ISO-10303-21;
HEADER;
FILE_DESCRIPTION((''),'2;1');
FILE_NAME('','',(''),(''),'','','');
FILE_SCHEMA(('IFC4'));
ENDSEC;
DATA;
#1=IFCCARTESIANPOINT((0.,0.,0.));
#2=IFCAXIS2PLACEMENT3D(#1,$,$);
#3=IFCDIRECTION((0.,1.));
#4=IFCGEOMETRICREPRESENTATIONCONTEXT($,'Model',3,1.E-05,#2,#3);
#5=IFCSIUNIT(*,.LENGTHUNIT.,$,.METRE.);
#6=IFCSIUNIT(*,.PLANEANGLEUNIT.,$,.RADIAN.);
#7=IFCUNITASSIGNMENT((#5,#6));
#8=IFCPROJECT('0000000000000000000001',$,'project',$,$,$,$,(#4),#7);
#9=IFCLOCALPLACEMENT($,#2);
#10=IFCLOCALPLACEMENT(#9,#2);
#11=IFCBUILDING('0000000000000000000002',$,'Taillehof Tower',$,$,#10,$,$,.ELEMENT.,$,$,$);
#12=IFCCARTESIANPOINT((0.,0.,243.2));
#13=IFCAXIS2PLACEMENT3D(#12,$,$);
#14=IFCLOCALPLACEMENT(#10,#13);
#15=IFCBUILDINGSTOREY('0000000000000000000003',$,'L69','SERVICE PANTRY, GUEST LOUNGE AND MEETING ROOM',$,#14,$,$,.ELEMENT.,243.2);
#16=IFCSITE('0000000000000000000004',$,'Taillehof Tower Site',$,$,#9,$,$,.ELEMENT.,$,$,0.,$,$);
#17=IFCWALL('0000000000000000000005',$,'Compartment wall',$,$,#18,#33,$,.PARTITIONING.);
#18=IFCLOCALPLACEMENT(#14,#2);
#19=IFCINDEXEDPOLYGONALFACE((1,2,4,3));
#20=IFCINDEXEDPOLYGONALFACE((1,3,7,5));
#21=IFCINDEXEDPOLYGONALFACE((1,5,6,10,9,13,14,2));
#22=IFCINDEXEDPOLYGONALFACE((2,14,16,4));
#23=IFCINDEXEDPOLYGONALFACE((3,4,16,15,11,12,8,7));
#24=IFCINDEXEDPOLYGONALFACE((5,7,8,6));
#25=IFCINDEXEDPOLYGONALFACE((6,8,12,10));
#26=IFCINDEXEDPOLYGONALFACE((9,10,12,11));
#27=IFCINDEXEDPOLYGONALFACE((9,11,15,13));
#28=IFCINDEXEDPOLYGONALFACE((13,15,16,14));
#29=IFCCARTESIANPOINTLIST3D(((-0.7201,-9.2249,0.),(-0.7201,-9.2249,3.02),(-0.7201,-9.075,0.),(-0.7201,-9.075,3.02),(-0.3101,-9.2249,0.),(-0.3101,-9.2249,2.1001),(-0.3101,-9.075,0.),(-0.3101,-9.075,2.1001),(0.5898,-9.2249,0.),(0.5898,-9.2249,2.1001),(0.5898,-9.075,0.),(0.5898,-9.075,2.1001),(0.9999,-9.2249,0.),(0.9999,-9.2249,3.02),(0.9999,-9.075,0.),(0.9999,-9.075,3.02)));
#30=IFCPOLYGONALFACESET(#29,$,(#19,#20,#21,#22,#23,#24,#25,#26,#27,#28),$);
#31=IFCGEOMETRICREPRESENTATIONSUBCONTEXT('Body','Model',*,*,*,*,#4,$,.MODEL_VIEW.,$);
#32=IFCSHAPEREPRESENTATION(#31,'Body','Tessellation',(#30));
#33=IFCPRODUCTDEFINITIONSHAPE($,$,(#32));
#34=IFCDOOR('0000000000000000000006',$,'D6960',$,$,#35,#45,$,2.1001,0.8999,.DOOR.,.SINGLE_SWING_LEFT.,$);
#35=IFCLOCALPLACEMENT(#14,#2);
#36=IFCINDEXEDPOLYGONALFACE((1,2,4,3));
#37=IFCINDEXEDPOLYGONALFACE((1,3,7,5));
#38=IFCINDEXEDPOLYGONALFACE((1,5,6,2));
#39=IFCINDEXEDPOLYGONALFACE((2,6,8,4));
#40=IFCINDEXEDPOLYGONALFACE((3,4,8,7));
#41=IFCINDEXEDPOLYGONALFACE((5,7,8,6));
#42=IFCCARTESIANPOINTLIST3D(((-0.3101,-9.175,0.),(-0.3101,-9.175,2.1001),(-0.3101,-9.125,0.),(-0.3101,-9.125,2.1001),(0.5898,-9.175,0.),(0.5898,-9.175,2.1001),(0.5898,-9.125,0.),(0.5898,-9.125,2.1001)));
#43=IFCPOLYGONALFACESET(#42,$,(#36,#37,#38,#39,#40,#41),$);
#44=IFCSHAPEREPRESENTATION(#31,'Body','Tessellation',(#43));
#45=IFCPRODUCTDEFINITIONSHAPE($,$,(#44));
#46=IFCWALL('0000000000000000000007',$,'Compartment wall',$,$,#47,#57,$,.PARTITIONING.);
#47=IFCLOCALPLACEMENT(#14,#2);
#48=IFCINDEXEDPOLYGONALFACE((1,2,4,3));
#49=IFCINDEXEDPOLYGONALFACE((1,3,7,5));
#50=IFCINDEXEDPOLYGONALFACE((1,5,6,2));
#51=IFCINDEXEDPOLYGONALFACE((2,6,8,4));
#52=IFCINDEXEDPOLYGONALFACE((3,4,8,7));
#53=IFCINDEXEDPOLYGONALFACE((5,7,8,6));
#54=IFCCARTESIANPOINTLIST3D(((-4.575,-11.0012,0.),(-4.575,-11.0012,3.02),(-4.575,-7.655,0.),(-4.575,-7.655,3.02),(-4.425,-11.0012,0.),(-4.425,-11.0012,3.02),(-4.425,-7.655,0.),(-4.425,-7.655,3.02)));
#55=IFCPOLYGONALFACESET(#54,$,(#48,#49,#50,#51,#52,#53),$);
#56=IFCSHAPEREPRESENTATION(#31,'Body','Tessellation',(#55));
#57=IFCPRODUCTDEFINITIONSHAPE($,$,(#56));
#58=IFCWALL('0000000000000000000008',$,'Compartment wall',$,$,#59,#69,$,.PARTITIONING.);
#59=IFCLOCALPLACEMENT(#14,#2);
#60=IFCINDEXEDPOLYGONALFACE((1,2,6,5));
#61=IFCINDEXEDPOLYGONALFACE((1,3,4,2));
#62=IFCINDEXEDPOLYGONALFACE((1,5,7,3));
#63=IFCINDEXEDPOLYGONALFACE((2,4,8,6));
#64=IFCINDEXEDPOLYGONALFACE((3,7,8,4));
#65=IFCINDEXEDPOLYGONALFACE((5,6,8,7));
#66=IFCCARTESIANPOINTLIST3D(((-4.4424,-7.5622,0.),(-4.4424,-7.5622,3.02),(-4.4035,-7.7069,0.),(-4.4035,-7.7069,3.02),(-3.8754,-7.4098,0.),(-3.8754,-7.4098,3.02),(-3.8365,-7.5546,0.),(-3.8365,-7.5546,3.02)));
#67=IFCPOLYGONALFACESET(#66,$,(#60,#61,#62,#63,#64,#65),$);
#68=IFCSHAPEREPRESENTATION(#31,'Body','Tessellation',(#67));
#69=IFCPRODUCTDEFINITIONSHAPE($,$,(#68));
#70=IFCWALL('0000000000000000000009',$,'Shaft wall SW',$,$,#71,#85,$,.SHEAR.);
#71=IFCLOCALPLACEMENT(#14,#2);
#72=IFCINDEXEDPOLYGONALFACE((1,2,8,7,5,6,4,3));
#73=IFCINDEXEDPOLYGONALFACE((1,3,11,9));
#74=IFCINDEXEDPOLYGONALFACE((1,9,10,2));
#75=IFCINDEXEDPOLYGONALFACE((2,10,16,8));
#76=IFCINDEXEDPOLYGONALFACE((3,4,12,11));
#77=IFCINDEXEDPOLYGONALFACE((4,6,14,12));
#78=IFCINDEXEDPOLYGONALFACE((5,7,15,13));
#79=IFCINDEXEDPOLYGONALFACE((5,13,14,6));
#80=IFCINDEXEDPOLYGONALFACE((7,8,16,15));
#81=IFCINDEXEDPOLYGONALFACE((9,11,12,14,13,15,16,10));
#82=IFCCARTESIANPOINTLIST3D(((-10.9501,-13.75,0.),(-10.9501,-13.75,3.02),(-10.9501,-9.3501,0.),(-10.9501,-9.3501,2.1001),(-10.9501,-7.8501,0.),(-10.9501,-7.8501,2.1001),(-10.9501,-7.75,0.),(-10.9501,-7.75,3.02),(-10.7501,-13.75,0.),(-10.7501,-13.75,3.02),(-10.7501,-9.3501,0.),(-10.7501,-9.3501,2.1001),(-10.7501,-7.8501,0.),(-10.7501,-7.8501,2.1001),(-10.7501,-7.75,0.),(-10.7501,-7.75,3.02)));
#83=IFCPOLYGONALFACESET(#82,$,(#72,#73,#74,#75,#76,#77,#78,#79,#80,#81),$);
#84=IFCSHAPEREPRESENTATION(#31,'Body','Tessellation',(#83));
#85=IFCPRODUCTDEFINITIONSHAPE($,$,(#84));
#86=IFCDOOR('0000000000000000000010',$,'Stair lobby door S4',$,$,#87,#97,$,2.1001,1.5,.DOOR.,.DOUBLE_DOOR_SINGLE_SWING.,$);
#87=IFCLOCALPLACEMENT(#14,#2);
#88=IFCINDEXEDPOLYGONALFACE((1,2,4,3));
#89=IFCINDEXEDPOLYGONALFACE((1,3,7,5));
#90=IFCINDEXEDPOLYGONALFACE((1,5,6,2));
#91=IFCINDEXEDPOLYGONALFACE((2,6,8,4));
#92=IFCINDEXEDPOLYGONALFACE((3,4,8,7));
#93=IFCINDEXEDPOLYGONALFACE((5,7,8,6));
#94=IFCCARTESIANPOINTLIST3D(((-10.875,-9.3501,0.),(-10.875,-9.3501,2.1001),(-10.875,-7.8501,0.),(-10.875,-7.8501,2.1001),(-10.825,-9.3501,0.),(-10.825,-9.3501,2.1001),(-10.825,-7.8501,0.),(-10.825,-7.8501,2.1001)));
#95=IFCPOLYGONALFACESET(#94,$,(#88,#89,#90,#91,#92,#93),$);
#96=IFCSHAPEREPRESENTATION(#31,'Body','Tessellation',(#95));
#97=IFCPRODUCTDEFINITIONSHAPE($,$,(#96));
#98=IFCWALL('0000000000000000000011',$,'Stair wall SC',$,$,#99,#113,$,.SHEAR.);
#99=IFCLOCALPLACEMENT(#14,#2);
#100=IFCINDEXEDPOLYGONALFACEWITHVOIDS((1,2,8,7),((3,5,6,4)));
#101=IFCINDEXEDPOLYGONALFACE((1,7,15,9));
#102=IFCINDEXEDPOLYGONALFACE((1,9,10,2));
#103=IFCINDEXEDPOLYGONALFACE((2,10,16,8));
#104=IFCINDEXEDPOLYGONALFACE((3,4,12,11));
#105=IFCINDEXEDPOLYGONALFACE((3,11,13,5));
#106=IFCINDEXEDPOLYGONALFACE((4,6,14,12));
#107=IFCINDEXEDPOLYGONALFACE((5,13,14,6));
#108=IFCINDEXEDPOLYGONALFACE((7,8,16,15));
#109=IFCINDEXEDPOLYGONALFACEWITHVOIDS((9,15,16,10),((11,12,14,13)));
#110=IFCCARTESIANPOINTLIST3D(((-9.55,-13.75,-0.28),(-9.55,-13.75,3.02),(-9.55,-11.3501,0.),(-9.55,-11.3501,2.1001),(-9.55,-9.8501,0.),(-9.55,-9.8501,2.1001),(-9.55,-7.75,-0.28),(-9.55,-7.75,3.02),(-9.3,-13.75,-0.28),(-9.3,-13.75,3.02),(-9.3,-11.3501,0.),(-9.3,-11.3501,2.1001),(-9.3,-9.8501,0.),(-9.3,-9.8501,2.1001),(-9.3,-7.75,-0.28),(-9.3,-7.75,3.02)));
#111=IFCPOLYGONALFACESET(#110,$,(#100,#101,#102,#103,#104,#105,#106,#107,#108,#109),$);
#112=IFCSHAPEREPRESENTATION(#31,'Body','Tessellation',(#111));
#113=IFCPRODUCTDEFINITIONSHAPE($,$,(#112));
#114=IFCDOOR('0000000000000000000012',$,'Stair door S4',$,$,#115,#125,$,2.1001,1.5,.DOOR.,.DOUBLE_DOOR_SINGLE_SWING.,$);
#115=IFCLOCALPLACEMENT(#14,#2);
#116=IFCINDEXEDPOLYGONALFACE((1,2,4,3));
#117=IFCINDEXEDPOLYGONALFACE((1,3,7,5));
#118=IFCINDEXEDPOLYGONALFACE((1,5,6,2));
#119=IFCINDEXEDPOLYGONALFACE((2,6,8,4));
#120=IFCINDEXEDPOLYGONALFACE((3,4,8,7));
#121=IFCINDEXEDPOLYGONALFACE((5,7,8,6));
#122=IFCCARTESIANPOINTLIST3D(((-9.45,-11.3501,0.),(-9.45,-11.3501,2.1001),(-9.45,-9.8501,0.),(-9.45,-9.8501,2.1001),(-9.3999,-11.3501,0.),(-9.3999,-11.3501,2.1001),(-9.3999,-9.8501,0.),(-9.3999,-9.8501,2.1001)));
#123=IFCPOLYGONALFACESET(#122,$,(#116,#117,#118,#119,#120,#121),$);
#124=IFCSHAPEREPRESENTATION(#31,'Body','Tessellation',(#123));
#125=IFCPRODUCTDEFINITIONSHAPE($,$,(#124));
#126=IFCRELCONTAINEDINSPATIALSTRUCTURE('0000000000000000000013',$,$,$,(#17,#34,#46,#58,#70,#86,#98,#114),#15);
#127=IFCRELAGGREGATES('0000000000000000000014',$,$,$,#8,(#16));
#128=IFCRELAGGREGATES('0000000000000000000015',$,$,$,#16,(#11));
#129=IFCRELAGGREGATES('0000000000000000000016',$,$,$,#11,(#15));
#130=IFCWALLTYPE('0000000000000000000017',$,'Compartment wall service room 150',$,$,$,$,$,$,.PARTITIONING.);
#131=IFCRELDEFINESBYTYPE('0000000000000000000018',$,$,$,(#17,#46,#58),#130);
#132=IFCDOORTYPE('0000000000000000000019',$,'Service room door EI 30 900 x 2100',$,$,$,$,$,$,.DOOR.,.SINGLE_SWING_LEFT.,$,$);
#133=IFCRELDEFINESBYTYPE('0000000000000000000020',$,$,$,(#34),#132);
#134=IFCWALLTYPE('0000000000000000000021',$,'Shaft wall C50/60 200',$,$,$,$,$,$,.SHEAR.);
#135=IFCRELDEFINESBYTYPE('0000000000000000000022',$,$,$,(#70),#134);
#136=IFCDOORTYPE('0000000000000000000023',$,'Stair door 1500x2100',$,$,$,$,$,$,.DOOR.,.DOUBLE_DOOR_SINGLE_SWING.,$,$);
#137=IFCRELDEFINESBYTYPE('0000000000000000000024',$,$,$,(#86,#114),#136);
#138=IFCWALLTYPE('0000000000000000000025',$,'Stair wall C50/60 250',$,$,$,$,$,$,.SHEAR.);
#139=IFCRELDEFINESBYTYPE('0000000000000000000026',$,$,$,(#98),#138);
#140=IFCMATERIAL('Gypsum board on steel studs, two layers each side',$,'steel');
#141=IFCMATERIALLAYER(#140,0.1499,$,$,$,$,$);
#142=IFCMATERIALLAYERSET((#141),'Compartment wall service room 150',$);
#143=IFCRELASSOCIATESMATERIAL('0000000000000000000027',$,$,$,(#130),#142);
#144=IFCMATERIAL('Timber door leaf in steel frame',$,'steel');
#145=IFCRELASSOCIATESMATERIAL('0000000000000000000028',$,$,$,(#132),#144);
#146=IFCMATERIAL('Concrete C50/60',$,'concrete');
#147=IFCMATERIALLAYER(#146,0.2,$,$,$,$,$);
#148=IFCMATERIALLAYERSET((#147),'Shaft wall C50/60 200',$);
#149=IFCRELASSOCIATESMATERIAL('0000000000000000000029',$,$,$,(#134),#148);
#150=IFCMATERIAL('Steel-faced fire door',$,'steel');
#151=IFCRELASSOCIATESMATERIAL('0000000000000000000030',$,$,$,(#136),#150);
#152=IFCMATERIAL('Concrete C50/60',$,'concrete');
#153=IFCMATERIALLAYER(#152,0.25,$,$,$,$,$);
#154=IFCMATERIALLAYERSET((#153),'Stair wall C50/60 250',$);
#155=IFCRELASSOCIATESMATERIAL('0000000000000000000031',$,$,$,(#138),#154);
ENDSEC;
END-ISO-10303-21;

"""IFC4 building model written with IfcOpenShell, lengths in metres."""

from ifc_helpers import new_model, si_unit, direction, frame, frame_2d, origin, place, context, subcontext, project, spatial, rectangle, extrude, material, layer, layer_set, type_object, element, fill, save


model = new_model("IFC4")

# Units and contexts
model_context = context("Model", 3, precision=1e-05, world=origin(), true_north=direction((0.0, 1.0)))
body_context = subcontext(model_context, "Body", "Model", "MODEL_VIEW")
ifc_project = project(units=[si_unit("LENGTHUNIT", "METRE"), si_unit("PLANEANGLEUNIT", "RADIAN")], contexts=[model_context])

# Site, building, storey
site_placement = place(None, origin())
site = spatial("IfcSite", under=ifc_project, at=site_placement, Name="Taillehof Tower Site", CompositionType="ELEMENT", RefElevation=0.0)
building_placement = place(site_placement, origin())
building = spatial("IfcBuilding", under=site, at=building_placement, Name="Taillehof Tower", CompositionType="ELEMENT")
storey_placement = place(building_placement, frame((0.0, 0.0, 243.2)))
storey = spatial("IfcBuildingStorey", under=building, at=storey_placement, Name="L69", Description="SERVICE PANTRY, GUEST LOUNGE AND MEETING ROOM", CompositionType="ELEMENT", Elevation=243.2)

# Shared definitions
ifc_material_1 = material(Name="Gypsum board on steel studs, two layers each side", Category="steel")
ifc_layer_1 = layer(ifc_material_1, 0.1499)
ifc_layer_set_1 = layer_set([ifc_layer_1], Name="Compartment wall service room 150")
wall_type_1 = type_object("IfcWallType", Name="Compartment wall service room 150", PredefinedType="PARTITIONING", material=ifc_layer_set_1)

# Wall, opening, door
wall_1_placement = place(storey_placement, frame((-0.72, -9.1499, 0.0), z_axis=(0.0, 0.0, 1.0), x_axis=(1.0, 0.0, 0.0)))
wall_1 = element("IfcWall", 1, at=wall_1_placement, inside=storey, type_object=wall_type_1, Name="Compartment wall", PredefinedType="PARTITIONING", context=body_context, shape_type="SweptSolid", body=[
    extrude(rectangle(XDim=1.72, YDim=0.1499, at=frame_2d((0.8599, 0.0))), origin(), (0.0, 0.0, 1.0), 3.02),
])
opening_1_placement = place(wall_1_placement, frame((0.4099, 0.0, 0.0)))
opening_1 = element("IfcOpeningElement", 2, at=opening_1_placement, cuts=wall_1, PredefinedType="OPENING", context=body_context, shape_type="SweptSolid", body=[
    extrude(rectangle(XDim=0.8999, YDim=2.1001, at=frame_2d((0.45, 1.05))), frame((0.0, 0.085, 0.0), z_axis=(0.0, -1.0, 0.0), x_axis=(1.0, 0.0, 0.0)), (0.0, 0.0, 1.0), 0.1699),
])
ifc_material_2 = material(Name="Timber door leaf in steel frame", Category="steel")
door_type_1 = type_object("IfcDoorType", Name="Service room door EI 30 900 x 2100", OperationType="SINGLE_SWING_LEFT", PredefinedType="DOOR", material=ifc_material_2)
door_1_placement = place(opening_1_placement, origin())
door_1 = element("IfcDoor", 3, at=door_1_placement, inside=storey, type_object=door_type_1, Name="D6960", OperationType="SINGLE_SWING_LEFT", OverallHeight=2.1001, OverallWidth=0.8999, PredefinedType="DOOR", context=body_context, shape_type="SweptSolid", body=[
    extrude(rectangle(XDim=0.8999, YDim=2.1001, at=frame_2d((0.45, 1.05))), frame((0.0, 0.0249, 0.0), z_axis=(0.0, -1.0, 0.0), x_axis=(1.0, 0.0, 0.0)), (0.0, 0.0, 1.0), 0.05),
])
fill(opening_1, door_1)

# Walls
wall_2_placement = place(storey_placement, frame((-4.5, -11.0012, 0.0), z_axis=(0.0, 0.0, 1.0), x_axis=(0.0, 1.0, 0.0)))
element("IfcWall", 4, at=wall_2_placement, inside=storey, type_object=wall_type_1, Name="Compartment wall", PredefinedType="PARTITIONING", context=body_context, shape_type="SweptSolid", body=[
    extrude(rectangle(XDim=3.3462, YDim=0.1499, at=frame_2d((1.6731, 0.0))), origin(), (0.0, 0.0, 1.0), 3.02),
])
wall_3_placement = place(storey_placement, frame((-4.4229, -7.6345, 0.0), z_axis=(0.0, 0.0, 1.0), x_axis=(0.965764, 0.259422, 0.0)))
element("IfcWall", 5, at=wall_3_placement, inside=storey, type_object=wall_type_1, Name="Compartment wall", PredefinedType="PARTITIONING", context=body_context, shape_type="SweptSolid", body=[
    extrude(rectangle(XDim=0.5872, YDim=0.1499, at=frame_2d((0.2935, 0.0))), origin(), (0.0, 0.0, 1.0), 3.02),
])

# Walls, openings, doors
ifc_material_3 = material(Name="Concrete C50/60", Category="concrete")
ifc_layer_2 = layer(ifc_material_3, 0.2)
ifc_layer_set_2 = layer_set([ifc_layer_2], Name="Shaft wall C50/60 200")
wall_type_2 = type_object("IfcWallType", Name="Shaft wall C50/60 200", PredefinedType="SHEAR", material=ifc_layer_set_2)
wall_4_placement = place(storey_placement, frame((-10.8501, -13.75, 0.0), z_axis=(0.0, 0.0, 1.0), x_axis=(0.0, 1.0, 0.0)))
wall_4 = element("IfcWall", 6, at=wall_4_placement, inside=storey, type_object=wall_type_2, Name="Shaft wall SW", PredefinedType="SHEAR", context=body_context, shape_type="SweptSolid", body=[
    extrude(rectangle(XDim=6.0, YDim=0.2, at=frame_2d((3.0, 0.0))), origin(), (0.0, 0.0, 1.0), 3.02),
])
opening_2_placement = place(wall_4_placement, frame((4.3999, 0.0, 0.0)))
opening_2 = element("IfcOpeningElement", 7, at=opening_2_placement, cuts=wall_4, PredefinedType="OPENING", context=body_context, shape_type="SweptSolid", body=[
    extrude(rectangle(XDim=1.5, YDim=2.1001, at=frame_2d((0.75, 1.05))), frame((0.0, 0.1099, 0.0), z_axis=(0.0, -1.0, 0.0), x_axis=(1.0, 0.0, 0.0)), (0.0, 0.0, 1.0), 0.22),
])
ifc_material_4 = material(Name="Steel-faced fire door", Category="steel")
door_type_2 = type_object("IfcDoorType", Name="Stair door 1500x2100", OperationType="DOUBLE_DOOR_SINGLE_SWING", PredefinedType="DOOR", material=ifc_material_4)
door_2_placement = place(opening_2_placement, origin())
door_2 = element("IfcDoor", 8, at=door_2_placement, inside=storey, type_object=door_type_2, Name="Stair lobby door S4", OperationType="DOUBLE_DOOR_SINGLE_SWING", OverallHeight=2.1001, OverallWidth=1.5, PredefinedType="DOOR", context=body_context, shape_type="SweptSolid", body=[
    extrude(rectangle(XDim=1.5, YDim=2.1001, at=frame_2d((0.75, 1.05))), frame((0.0, 0.0249, 0.0), z_axis=(0.0, -1.0, 0.0), x_axis=(1.0, 0.0, 0.0)), (0.0, 0.0, 1.0), 0.05),
])
fill(opening_2, door_2)
ifc_material_5 = material(Name="Concrete C50/60", Category="concrete")
ifc_layer_3 = layer(ifc_material_5, 0.25)
ifc_layer_set_3 = layer_set([ifc_layer_3], Name="Stair wall C50/60 250")
wall_type_3 = type_object("IfcWallType", Name="Stair wall C50/60 250", PredefinedType="SHEAR", material=ifc_layer_set_3)
wall_5_placement = place(storey_placement, frame((-9.425, -13.75, -0.28), z_axis=(0.0, 0.0, 1.0), x_axis=(0.0, 1.0, 0.0)))
wall_5 = element("IfcWall", 9, at=wall_5_placement, inside=storey, type_object=wall_type_3, Name="Stair wall SC", PredefinedType="SHEAR", context=body_context, shape_type="SweptSolid", body=[
    extrude(rectangle(XDim=6.0, YDim=0.25, at=frame_2d((3.0, 0.0))), origin(), (0.0, 0.0, 1.0), 3.3),
])
opening_3_placement = place(wall_5_placement, frame((2.3999, 0.0, 0.28)))
opening_3 = element("IfcOpeningElement", 10, at=opening_3_placement, cuts=wall_5, PredefinedType="OPENING", context=body_context, shape_type="SweptSolid", body=[
    extrude(rectangle(XDim=1.5, YDim=2.1001, at=frame_2d((0.75, 1.05))), frame((0.0, 0.135, 0.0), z_axis=(0.0, -1.0, 0.0), x_axis=(1.0, 0.0, 0.0)), (0.0, 0.0, 1.0), 0.27),
])
door_3_placement = place(opening_3_placement, origin())
door_3 = element("IfcDoor", 11, at=door_3_placement, inside=storey, type_object=door_type_2, Name="Stair door S4", OperationType="DOUBLE_DOOR_SINGLE_SWING", OverallHeight=2.1001, OverallWidth=1.5, PredefinedType="DOOR", context=body_context, shape_type="SweptSolid", body=[
    extrude(rectangle(XDim=1.5, YDim=2.1001, at=frame_2d((0.75, 1.05))), frame((0.0, 0.0249, 0.0), z_axis=(0.0, -1.0, 0.0), x_axis=(1.0, 0.0, 0.0)), (0.0, 0.0, 1.0), 0.05),
])
fill(opening_3, door_3)

save(model, "model.ifc")
